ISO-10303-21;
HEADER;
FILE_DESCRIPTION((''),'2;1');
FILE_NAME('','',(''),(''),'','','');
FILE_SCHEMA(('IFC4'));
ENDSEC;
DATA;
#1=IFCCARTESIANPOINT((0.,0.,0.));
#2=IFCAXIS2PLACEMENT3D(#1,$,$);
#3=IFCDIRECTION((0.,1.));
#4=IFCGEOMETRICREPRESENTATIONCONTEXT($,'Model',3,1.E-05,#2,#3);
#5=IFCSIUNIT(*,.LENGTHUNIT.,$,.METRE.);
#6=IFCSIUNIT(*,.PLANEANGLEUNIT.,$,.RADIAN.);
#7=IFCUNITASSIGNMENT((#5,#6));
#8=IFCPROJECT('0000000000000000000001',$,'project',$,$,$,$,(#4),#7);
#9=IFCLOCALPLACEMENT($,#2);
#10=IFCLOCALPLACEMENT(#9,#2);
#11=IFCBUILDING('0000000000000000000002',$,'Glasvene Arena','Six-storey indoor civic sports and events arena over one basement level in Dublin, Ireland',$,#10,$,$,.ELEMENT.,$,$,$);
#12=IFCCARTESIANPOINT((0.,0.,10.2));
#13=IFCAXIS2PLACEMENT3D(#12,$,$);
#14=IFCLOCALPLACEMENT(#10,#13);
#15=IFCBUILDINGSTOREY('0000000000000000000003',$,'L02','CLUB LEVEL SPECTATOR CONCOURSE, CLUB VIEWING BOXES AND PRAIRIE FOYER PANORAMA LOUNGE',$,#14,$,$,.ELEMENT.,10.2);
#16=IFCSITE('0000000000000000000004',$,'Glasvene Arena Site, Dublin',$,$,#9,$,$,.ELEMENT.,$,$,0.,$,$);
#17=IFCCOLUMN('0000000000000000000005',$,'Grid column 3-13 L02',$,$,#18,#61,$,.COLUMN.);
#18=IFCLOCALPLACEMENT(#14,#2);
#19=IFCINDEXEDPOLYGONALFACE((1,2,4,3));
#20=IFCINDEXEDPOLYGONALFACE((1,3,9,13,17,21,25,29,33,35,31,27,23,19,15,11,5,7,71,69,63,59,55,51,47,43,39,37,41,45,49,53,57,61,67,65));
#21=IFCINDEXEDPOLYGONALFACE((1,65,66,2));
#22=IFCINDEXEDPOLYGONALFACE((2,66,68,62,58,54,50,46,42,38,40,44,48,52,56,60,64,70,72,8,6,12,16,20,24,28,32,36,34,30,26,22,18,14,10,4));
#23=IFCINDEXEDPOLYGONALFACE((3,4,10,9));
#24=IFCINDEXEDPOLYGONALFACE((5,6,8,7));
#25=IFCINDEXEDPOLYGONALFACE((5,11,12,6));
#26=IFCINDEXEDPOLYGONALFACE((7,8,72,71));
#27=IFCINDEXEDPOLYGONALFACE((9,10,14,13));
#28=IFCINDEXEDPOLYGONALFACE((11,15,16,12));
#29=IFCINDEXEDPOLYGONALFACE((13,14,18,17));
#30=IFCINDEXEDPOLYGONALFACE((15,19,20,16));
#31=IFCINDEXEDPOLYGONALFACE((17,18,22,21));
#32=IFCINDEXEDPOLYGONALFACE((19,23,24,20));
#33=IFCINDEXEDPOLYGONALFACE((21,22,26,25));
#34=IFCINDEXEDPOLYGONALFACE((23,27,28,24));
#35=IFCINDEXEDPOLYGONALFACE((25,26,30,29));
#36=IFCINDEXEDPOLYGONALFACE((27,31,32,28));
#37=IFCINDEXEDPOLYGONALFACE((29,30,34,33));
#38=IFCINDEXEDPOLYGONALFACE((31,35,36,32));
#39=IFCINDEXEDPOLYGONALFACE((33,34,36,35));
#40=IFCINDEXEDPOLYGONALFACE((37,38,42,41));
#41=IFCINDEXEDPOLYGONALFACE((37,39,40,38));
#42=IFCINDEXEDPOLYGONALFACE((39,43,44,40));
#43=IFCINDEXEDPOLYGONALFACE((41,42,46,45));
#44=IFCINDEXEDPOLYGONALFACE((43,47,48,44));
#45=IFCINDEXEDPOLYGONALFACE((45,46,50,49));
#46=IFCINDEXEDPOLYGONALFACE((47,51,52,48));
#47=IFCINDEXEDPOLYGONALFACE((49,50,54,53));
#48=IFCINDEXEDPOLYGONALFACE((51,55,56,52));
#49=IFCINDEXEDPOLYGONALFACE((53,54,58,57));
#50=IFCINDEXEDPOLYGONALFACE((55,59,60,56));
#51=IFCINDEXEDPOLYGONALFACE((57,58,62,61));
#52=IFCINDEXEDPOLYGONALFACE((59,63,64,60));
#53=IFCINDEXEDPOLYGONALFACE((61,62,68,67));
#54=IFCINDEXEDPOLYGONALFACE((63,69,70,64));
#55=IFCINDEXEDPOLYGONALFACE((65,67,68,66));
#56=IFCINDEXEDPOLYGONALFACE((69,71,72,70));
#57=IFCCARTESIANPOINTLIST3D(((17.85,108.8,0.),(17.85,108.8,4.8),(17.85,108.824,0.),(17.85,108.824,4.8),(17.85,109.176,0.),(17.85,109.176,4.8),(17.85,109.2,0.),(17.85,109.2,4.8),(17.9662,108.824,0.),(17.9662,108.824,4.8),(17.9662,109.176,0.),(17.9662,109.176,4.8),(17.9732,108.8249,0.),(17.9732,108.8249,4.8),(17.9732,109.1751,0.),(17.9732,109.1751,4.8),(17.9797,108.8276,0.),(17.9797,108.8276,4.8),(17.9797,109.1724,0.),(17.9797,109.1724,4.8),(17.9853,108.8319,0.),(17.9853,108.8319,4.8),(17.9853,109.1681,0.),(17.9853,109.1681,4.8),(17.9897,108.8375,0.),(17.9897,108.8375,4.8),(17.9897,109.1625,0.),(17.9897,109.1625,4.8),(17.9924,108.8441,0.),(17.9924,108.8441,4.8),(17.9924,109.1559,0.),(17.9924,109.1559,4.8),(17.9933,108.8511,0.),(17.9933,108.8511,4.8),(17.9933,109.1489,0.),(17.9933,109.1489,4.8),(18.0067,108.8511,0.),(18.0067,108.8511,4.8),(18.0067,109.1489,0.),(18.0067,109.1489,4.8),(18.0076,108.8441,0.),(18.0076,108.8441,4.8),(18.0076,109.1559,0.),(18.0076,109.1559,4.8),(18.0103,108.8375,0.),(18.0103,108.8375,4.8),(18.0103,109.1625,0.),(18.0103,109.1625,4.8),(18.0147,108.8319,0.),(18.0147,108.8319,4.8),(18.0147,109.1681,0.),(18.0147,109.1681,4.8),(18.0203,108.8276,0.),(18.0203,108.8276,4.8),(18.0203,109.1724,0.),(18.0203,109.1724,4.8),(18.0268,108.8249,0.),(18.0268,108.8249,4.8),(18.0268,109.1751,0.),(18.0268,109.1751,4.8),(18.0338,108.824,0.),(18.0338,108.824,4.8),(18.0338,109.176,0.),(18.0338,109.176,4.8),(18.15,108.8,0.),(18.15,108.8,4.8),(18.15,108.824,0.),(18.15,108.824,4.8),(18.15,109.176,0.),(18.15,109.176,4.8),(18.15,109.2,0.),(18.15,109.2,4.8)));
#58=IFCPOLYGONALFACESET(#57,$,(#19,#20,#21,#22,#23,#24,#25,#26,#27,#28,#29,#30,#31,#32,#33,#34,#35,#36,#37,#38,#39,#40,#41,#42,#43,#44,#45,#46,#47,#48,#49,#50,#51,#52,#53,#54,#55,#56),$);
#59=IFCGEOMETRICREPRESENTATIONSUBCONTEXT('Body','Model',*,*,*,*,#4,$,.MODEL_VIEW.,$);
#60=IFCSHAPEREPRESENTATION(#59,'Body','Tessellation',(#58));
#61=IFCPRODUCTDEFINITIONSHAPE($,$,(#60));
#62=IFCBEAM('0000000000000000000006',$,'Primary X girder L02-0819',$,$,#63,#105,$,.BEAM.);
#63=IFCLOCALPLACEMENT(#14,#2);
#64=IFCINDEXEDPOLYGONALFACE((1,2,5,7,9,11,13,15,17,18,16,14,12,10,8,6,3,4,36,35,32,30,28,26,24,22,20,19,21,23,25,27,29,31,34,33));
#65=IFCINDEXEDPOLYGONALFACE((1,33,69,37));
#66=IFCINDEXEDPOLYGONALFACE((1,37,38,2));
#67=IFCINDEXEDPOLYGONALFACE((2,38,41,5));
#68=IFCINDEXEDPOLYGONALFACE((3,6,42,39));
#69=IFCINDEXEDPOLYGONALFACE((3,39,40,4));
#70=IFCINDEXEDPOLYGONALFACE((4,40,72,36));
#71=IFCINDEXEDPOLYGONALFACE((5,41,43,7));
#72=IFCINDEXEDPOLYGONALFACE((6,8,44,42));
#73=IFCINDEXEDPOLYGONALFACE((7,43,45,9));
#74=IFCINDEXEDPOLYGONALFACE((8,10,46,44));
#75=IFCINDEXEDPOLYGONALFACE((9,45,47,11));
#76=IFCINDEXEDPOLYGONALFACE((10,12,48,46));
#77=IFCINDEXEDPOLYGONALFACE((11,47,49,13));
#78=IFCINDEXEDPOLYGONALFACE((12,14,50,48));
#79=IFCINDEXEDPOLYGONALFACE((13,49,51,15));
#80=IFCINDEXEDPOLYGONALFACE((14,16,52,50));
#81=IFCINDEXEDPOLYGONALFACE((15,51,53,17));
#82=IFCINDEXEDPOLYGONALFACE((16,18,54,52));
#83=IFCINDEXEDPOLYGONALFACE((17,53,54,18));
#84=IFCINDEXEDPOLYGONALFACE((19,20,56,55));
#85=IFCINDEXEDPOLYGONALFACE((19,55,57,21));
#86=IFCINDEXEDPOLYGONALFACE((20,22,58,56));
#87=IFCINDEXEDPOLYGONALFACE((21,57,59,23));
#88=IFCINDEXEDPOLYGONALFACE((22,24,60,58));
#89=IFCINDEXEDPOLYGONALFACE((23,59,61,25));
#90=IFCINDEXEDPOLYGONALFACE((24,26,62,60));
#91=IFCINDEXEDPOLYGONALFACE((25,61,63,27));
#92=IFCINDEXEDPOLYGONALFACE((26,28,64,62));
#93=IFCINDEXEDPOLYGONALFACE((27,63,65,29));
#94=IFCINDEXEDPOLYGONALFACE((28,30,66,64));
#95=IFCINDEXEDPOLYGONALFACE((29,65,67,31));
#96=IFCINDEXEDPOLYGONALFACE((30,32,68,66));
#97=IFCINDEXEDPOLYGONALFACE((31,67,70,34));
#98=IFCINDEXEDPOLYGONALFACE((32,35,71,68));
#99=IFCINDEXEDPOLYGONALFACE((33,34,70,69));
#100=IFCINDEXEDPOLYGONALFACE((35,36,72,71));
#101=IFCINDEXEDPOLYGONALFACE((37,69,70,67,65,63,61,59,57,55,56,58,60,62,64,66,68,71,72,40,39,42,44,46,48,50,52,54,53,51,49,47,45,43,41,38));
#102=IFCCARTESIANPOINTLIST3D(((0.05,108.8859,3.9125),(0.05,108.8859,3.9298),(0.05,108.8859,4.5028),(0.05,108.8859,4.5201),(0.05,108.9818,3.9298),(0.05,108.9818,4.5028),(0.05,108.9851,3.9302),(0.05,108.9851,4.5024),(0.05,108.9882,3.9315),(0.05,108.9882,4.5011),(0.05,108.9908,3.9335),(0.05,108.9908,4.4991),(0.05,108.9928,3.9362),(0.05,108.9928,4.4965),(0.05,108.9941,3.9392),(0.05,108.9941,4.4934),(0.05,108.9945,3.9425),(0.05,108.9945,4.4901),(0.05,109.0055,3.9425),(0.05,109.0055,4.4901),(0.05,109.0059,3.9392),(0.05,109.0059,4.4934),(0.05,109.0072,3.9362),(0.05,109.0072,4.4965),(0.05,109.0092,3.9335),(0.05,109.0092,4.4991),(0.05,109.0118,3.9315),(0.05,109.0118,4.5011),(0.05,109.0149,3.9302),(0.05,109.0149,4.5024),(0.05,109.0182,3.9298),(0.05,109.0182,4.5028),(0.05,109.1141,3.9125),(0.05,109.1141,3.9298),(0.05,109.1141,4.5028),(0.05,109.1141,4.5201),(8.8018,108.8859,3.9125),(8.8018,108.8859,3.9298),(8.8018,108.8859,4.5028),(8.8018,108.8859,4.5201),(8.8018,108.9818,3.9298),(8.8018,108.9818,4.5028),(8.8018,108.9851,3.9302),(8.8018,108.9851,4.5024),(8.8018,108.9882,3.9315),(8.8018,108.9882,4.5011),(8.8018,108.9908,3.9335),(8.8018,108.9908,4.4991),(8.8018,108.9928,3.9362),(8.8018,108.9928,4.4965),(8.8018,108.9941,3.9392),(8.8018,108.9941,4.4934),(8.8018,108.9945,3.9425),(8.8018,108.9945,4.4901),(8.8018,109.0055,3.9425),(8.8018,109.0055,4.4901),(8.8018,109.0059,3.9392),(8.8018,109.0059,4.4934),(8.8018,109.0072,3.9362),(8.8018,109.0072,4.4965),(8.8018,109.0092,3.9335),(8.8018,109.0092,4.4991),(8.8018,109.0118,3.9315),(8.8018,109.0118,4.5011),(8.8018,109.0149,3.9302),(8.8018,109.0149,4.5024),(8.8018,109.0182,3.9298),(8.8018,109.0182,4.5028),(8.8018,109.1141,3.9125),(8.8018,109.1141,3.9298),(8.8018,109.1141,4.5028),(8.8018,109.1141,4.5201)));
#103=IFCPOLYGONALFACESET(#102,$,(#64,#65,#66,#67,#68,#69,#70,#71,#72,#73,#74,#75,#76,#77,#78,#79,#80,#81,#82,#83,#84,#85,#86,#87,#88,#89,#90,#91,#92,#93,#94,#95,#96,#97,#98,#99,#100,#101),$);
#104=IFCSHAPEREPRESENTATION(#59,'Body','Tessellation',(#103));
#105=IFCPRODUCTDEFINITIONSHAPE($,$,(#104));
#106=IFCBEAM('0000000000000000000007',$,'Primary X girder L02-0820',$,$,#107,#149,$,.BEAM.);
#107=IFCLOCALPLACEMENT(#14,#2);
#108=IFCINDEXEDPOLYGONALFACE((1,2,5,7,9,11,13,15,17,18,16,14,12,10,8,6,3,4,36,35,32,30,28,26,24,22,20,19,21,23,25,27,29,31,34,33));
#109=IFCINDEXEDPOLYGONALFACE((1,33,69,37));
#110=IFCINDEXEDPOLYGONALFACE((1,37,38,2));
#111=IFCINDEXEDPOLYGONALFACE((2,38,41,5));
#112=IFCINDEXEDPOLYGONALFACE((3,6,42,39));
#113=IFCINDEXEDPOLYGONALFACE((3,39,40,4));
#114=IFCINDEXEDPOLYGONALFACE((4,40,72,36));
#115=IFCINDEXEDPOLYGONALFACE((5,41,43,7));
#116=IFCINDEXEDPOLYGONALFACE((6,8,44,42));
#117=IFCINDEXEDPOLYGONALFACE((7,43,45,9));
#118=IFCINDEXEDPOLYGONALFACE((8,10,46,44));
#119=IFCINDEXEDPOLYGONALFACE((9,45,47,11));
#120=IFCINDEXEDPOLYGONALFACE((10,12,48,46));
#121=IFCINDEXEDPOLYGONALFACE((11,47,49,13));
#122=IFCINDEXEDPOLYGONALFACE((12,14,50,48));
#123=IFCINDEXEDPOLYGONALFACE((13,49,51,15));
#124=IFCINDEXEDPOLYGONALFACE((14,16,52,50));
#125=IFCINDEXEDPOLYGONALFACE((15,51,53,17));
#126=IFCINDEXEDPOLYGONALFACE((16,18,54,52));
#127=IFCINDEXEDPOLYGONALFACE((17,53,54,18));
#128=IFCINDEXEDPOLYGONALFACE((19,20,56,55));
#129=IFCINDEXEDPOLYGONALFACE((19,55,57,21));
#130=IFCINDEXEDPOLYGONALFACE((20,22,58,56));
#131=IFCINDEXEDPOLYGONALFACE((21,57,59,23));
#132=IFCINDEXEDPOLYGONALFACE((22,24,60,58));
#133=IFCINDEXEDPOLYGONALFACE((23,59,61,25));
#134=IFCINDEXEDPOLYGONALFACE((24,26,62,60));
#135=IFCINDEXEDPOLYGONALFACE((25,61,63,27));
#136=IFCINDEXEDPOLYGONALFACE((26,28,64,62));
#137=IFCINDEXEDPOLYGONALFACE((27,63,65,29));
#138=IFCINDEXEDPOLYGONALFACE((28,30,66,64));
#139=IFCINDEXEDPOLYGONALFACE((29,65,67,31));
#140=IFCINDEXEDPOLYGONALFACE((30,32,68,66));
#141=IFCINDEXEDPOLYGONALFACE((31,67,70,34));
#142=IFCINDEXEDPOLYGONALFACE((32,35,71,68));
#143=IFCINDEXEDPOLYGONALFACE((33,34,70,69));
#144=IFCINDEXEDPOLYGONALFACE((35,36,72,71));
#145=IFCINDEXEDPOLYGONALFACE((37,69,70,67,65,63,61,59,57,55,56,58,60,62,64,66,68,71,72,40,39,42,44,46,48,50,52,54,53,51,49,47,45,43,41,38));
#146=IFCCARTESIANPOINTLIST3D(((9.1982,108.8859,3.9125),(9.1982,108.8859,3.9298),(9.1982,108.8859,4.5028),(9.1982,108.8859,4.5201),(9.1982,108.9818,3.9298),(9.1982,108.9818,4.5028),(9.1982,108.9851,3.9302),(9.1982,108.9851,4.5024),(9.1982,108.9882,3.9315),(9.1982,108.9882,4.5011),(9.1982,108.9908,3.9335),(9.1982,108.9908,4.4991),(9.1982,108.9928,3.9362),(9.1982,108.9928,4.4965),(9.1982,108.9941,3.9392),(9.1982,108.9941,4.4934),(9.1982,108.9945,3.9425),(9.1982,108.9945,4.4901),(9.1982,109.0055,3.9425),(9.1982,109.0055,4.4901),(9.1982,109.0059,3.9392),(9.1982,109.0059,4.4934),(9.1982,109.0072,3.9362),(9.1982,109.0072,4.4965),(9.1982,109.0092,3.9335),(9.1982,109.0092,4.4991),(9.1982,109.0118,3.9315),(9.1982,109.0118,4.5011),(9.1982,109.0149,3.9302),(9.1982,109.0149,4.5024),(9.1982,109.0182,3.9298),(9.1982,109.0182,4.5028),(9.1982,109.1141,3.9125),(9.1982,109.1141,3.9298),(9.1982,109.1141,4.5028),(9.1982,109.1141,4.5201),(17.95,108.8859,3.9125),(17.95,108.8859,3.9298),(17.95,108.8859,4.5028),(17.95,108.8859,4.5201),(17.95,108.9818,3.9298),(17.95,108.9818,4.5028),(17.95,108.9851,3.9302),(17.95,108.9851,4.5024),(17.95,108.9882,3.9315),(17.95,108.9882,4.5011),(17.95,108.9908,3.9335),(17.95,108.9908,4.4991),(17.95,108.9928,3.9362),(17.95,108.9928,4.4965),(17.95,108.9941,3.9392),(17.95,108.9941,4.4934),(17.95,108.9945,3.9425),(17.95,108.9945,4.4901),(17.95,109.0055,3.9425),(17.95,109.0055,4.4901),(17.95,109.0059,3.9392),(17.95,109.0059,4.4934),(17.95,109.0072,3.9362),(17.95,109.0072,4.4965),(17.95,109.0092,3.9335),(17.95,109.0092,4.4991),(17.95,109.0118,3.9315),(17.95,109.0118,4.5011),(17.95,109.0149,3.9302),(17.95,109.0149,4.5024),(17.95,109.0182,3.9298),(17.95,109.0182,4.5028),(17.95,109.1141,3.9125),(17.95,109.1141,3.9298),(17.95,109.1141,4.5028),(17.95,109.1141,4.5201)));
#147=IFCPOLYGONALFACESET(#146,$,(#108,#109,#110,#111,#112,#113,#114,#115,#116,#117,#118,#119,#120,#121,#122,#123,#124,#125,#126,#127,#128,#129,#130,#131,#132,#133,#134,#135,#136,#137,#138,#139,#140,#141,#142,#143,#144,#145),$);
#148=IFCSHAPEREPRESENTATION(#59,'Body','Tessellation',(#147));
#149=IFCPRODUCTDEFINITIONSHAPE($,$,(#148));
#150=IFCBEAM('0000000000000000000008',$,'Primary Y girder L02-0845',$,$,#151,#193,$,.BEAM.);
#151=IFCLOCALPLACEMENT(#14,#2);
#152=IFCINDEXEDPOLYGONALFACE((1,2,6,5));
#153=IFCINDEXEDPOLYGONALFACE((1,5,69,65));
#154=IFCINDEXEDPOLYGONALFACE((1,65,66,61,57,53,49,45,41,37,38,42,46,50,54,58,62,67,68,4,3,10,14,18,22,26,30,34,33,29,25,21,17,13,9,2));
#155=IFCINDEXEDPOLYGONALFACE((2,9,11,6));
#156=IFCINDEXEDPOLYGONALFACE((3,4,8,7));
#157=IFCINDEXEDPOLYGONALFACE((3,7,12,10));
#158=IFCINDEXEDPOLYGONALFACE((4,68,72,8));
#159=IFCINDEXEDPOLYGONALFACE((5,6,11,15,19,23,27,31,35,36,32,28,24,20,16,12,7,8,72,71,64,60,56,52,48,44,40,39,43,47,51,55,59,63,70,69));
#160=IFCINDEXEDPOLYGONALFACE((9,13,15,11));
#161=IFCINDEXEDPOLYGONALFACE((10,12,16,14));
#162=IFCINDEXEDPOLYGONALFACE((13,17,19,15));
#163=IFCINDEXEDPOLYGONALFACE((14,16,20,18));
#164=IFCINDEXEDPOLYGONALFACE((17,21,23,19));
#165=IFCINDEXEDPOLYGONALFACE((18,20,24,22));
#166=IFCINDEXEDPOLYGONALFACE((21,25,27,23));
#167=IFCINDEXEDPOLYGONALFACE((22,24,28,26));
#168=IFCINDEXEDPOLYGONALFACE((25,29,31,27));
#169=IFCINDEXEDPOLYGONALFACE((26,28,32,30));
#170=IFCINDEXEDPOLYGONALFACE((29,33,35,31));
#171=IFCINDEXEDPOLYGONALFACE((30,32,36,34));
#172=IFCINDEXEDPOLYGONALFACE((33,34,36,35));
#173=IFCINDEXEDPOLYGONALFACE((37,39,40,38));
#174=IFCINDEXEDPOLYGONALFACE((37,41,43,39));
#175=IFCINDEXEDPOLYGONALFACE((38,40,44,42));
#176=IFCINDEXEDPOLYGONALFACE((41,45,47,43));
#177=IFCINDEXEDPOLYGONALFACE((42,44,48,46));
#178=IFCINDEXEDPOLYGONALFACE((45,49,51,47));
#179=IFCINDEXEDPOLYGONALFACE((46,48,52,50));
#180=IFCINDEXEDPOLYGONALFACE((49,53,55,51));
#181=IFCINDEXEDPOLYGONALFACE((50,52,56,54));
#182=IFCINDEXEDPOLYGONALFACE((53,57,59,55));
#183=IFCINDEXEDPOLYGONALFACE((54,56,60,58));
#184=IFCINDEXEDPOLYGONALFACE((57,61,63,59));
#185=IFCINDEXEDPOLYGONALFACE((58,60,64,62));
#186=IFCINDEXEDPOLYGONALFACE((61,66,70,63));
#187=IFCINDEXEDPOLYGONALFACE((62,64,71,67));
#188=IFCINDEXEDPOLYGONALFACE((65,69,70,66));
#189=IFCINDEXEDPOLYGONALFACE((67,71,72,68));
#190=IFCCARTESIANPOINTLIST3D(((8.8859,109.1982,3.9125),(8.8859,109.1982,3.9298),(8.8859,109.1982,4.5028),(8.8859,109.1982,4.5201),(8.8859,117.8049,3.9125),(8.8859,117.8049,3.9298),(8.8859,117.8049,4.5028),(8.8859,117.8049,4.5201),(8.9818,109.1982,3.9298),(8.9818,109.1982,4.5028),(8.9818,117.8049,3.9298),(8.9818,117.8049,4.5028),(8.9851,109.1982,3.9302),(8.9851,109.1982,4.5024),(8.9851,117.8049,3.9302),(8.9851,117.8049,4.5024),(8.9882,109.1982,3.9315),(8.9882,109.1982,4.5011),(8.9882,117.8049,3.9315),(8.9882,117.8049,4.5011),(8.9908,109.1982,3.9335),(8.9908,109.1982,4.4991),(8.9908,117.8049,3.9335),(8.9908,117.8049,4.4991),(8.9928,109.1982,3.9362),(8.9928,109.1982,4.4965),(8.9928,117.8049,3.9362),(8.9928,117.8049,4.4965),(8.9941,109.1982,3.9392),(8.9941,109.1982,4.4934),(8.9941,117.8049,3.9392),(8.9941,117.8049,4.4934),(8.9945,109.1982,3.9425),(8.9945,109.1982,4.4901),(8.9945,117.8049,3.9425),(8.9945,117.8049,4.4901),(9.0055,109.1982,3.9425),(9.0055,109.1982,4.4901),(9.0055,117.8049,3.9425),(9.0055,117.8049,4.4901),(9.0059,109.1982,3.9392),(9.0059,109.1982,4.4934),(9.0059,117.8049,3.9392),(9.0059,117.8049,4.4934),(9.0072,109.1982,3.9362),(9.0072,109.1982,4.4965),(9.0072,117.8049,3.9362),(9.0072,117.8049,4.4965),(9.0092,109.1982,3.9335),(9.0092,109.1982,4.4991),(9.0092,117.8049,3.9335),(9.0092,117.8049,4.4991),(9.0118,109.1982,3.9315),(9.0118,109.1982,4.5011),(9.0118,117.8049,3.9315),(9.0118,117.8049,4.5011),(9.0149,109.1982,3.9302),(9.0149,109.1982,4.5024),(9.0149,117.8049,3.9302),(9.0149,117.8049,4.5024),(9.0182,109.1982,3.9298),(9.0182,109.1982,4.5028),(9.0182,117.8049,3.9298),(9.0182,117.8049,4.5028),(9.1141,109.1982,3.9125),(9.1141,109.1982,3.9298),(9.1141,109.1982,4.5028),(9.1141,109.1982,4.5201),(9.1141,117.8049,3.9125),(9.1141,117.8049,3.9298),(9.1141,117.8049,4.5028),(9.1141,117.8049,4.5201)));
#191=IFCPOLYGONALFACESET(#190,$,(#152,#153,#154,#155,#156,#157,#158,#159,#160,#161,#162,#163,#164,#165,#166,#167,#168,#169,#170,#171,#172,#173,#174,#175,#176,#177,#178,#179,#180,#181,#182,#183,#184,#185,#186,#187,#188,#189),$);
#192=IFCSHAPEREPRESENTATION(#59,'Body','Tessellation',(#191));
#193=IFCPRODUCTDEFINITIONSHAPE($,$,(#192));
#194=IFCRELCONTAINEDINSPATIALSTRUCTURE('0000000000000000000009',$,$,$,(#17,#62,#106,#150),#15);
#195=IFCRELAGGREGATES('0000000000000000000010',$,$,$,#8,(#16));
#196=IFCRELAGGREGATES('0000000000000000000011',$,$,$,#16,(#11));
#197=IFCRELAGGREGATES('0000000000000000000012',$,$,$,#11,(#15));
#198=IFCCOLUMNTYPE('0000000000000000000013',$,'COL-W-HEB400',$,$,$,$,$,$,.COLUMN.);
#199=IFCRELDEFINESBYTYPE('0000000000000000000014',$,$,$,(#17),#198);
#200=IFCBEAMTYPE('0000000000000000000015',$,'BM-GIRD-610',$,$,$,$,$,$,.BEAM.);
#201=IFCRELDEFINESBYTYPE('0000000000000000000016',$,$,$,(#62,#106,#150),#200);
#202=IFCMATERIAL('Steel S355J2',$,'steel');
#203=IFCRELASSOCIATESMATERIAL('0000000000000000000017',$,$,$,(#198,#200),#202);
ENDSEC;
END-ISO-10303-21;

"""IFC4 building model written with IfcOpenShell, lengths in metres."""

from ifc_helpers import new_model, si_unit, direction, frame, origin, origin_2d, place, context, subcontext, project, spatial, i_section, extrude, material, material_profile, profile_set, type_object, element, save


model = new_model("IFC4")

# Units and contexts
model_context = context("Model", 3, precision=1e-05, world=origin(), true_north=direction((0.0, 1.0)))
body_context = subcontext(model_context, "Body", "Model", "MODEL_VIEW")
ifc_project = project(units=[si_unit("LENGTHUNIT", "METRE"), si_unit("PLANEANGLEUNIT", "RADIAN")], contexts=[model_context])

# Site, building, storey
site_placement = place(None, origin())
site = spatial("IfcSite", under=ifc_project, at=site_placement, Name="Glasvene Arena Site, Dublin", CompositionType="ELEMENT", RefElevation=0.0)
building_placement = place(site_placement, origin())
building = spatial("IfcBuilding", under=site, at=building_placement, Name="Glasvene Arena", Description="Six-storey indoor civic sports and events arena over one basement level in Dublin, Ireland", CompositionType="ELEMENT")
storey_placement = place(building_placement, frame((0.0, 0.0, 10.2)))
storey = spatial("IfcBuildingStorey", under=building, at=storey_placement, Name="L02", Description="CLUB LEVEL SPECTATOR CONCOURSE, CLUB VIEWING BOXES AND PRAIRIE FOYER PANORAMA LOUNGE", CompositionType="ELEMENT", Elevation=10.2)

# Column
ifc_material_1 = material(Name="Steel S355J2", Category="steel")
ifc_material_profile_1 = material_profile(ifc_material_1, i_section(OverallWidth=0.3, OverallDepth=0.3999, WebThickness=0.0134, FlangeThickness=0.0239, FilletRadius=0.0271, at=origin_2d()), Name="HEB 400")
ifc_profile_set_1 = profile_set([ifc_material_profile_1], Name="Steel S355J2")
column_type_1 = type_object("IfcColumnType", Name="COL-W-HEB400", PredefinedType="COLUMN", material=ifc_profile_set_1)
for number, where, z_axis, x_axis, name in (
    (1, (18.0, 109.0, 0.0), (0.0, 0.0, 1.0), (1.0, 0.0, 0.0), "Grid column 3-13 L02"),
):
    element("IfcColumn", number, at=place(storey_placement, frame(where, z_axis=z_axis, x_axis=x_axis)), inside=storey, type_object=column_type_1, Name=name, PredefinedType="COLUMN", context=body_context, shape_type="SweptSolid", body=[
        extrude(i_section(OverallWidth=0.3, OverallDepth=0.3999, WebThickness=0.0134, FlangeThickness=0.0239, FilletRadius=0.0271, at=origin_2d()), origin(), (0.0, 0.0, 1.0), 4.8),
    ])

# Beams
ifc_material_profile_2 = material_profile(ifc_material_1, i_section(OverallWidth=0.2283, OverallDepth=0.6077, WebThickness=0.011, FlangeThickness=0.0173, FilletRadius=0.0127, at=origin_2d()), Name="UKB 610x229x113")
ifc_profile_set_2 = profile_set([ifc_material_profile_2], Name="Steel S355J2")
beam_type_1 = type_object("IfcBeamType", Name="BM-GIRD-610", PredefinedType="BEAM", material=ifc_profile_set_2)
for number, where, z_axis, x_axis, name in (
    (2, (0.05, 109.0, 4.2163), (1.0, 0.0, 0.0), (0.0, 1.0, 0.0), "Primary X girder L02-0819"),
    (3, (9.1982, 109.0, 4.2163), (1.0, 0.0, 0.0), (0.0, 1.0, 0.0), "Primary X girder L02-0820"),
):
    element("IfcBeam", number, at=place(storey_placement, frame(where, z_axis=z_axis, x_axis=x_axis)), inside=storey, type_object=beam_type_1, Name=name, PredefinedType="BEAM", context=body_context, shape_type="SweptSolid", body=[
        extrude(i_section(OverallWidth=0.2283, OverallDepth=0.6077, WebThickness=0.011, FlangeThickness=0.0173, FilletRadius=0.0127, at=origin_2d()), origin(), (0.0, 0.0, 1.0), 8.7517),
    ])
for number, where, z_axis, x_axis, name in (
    (4, (9.0, 109.1982, 4.2163), (0.0, 1.0, 0.0), (-1.0, 0.0, 0.0), "Primary Y girder L02-0845"),
):
    element("IfcBeam", number, at=place(storey_placement, frame(where, z_axis=z_axis, x_axis=x_axis)), inside=storey, type_object=beam_type_1, Name=name, PredefinedType="BEAM", context=body_context, shape_type="SweptSolid", body=[
        extrude(i_section(OverallWidth=0.2283, OverallDepth=0.6077, WebThickness=0.011, FlangeThickness=0.0173, FilletRadius=0.0127, at=origin_2d()), origin(), (0.0, 0.0, 1.0), 8.6067),
    ])

save(model, "model.ifc")
